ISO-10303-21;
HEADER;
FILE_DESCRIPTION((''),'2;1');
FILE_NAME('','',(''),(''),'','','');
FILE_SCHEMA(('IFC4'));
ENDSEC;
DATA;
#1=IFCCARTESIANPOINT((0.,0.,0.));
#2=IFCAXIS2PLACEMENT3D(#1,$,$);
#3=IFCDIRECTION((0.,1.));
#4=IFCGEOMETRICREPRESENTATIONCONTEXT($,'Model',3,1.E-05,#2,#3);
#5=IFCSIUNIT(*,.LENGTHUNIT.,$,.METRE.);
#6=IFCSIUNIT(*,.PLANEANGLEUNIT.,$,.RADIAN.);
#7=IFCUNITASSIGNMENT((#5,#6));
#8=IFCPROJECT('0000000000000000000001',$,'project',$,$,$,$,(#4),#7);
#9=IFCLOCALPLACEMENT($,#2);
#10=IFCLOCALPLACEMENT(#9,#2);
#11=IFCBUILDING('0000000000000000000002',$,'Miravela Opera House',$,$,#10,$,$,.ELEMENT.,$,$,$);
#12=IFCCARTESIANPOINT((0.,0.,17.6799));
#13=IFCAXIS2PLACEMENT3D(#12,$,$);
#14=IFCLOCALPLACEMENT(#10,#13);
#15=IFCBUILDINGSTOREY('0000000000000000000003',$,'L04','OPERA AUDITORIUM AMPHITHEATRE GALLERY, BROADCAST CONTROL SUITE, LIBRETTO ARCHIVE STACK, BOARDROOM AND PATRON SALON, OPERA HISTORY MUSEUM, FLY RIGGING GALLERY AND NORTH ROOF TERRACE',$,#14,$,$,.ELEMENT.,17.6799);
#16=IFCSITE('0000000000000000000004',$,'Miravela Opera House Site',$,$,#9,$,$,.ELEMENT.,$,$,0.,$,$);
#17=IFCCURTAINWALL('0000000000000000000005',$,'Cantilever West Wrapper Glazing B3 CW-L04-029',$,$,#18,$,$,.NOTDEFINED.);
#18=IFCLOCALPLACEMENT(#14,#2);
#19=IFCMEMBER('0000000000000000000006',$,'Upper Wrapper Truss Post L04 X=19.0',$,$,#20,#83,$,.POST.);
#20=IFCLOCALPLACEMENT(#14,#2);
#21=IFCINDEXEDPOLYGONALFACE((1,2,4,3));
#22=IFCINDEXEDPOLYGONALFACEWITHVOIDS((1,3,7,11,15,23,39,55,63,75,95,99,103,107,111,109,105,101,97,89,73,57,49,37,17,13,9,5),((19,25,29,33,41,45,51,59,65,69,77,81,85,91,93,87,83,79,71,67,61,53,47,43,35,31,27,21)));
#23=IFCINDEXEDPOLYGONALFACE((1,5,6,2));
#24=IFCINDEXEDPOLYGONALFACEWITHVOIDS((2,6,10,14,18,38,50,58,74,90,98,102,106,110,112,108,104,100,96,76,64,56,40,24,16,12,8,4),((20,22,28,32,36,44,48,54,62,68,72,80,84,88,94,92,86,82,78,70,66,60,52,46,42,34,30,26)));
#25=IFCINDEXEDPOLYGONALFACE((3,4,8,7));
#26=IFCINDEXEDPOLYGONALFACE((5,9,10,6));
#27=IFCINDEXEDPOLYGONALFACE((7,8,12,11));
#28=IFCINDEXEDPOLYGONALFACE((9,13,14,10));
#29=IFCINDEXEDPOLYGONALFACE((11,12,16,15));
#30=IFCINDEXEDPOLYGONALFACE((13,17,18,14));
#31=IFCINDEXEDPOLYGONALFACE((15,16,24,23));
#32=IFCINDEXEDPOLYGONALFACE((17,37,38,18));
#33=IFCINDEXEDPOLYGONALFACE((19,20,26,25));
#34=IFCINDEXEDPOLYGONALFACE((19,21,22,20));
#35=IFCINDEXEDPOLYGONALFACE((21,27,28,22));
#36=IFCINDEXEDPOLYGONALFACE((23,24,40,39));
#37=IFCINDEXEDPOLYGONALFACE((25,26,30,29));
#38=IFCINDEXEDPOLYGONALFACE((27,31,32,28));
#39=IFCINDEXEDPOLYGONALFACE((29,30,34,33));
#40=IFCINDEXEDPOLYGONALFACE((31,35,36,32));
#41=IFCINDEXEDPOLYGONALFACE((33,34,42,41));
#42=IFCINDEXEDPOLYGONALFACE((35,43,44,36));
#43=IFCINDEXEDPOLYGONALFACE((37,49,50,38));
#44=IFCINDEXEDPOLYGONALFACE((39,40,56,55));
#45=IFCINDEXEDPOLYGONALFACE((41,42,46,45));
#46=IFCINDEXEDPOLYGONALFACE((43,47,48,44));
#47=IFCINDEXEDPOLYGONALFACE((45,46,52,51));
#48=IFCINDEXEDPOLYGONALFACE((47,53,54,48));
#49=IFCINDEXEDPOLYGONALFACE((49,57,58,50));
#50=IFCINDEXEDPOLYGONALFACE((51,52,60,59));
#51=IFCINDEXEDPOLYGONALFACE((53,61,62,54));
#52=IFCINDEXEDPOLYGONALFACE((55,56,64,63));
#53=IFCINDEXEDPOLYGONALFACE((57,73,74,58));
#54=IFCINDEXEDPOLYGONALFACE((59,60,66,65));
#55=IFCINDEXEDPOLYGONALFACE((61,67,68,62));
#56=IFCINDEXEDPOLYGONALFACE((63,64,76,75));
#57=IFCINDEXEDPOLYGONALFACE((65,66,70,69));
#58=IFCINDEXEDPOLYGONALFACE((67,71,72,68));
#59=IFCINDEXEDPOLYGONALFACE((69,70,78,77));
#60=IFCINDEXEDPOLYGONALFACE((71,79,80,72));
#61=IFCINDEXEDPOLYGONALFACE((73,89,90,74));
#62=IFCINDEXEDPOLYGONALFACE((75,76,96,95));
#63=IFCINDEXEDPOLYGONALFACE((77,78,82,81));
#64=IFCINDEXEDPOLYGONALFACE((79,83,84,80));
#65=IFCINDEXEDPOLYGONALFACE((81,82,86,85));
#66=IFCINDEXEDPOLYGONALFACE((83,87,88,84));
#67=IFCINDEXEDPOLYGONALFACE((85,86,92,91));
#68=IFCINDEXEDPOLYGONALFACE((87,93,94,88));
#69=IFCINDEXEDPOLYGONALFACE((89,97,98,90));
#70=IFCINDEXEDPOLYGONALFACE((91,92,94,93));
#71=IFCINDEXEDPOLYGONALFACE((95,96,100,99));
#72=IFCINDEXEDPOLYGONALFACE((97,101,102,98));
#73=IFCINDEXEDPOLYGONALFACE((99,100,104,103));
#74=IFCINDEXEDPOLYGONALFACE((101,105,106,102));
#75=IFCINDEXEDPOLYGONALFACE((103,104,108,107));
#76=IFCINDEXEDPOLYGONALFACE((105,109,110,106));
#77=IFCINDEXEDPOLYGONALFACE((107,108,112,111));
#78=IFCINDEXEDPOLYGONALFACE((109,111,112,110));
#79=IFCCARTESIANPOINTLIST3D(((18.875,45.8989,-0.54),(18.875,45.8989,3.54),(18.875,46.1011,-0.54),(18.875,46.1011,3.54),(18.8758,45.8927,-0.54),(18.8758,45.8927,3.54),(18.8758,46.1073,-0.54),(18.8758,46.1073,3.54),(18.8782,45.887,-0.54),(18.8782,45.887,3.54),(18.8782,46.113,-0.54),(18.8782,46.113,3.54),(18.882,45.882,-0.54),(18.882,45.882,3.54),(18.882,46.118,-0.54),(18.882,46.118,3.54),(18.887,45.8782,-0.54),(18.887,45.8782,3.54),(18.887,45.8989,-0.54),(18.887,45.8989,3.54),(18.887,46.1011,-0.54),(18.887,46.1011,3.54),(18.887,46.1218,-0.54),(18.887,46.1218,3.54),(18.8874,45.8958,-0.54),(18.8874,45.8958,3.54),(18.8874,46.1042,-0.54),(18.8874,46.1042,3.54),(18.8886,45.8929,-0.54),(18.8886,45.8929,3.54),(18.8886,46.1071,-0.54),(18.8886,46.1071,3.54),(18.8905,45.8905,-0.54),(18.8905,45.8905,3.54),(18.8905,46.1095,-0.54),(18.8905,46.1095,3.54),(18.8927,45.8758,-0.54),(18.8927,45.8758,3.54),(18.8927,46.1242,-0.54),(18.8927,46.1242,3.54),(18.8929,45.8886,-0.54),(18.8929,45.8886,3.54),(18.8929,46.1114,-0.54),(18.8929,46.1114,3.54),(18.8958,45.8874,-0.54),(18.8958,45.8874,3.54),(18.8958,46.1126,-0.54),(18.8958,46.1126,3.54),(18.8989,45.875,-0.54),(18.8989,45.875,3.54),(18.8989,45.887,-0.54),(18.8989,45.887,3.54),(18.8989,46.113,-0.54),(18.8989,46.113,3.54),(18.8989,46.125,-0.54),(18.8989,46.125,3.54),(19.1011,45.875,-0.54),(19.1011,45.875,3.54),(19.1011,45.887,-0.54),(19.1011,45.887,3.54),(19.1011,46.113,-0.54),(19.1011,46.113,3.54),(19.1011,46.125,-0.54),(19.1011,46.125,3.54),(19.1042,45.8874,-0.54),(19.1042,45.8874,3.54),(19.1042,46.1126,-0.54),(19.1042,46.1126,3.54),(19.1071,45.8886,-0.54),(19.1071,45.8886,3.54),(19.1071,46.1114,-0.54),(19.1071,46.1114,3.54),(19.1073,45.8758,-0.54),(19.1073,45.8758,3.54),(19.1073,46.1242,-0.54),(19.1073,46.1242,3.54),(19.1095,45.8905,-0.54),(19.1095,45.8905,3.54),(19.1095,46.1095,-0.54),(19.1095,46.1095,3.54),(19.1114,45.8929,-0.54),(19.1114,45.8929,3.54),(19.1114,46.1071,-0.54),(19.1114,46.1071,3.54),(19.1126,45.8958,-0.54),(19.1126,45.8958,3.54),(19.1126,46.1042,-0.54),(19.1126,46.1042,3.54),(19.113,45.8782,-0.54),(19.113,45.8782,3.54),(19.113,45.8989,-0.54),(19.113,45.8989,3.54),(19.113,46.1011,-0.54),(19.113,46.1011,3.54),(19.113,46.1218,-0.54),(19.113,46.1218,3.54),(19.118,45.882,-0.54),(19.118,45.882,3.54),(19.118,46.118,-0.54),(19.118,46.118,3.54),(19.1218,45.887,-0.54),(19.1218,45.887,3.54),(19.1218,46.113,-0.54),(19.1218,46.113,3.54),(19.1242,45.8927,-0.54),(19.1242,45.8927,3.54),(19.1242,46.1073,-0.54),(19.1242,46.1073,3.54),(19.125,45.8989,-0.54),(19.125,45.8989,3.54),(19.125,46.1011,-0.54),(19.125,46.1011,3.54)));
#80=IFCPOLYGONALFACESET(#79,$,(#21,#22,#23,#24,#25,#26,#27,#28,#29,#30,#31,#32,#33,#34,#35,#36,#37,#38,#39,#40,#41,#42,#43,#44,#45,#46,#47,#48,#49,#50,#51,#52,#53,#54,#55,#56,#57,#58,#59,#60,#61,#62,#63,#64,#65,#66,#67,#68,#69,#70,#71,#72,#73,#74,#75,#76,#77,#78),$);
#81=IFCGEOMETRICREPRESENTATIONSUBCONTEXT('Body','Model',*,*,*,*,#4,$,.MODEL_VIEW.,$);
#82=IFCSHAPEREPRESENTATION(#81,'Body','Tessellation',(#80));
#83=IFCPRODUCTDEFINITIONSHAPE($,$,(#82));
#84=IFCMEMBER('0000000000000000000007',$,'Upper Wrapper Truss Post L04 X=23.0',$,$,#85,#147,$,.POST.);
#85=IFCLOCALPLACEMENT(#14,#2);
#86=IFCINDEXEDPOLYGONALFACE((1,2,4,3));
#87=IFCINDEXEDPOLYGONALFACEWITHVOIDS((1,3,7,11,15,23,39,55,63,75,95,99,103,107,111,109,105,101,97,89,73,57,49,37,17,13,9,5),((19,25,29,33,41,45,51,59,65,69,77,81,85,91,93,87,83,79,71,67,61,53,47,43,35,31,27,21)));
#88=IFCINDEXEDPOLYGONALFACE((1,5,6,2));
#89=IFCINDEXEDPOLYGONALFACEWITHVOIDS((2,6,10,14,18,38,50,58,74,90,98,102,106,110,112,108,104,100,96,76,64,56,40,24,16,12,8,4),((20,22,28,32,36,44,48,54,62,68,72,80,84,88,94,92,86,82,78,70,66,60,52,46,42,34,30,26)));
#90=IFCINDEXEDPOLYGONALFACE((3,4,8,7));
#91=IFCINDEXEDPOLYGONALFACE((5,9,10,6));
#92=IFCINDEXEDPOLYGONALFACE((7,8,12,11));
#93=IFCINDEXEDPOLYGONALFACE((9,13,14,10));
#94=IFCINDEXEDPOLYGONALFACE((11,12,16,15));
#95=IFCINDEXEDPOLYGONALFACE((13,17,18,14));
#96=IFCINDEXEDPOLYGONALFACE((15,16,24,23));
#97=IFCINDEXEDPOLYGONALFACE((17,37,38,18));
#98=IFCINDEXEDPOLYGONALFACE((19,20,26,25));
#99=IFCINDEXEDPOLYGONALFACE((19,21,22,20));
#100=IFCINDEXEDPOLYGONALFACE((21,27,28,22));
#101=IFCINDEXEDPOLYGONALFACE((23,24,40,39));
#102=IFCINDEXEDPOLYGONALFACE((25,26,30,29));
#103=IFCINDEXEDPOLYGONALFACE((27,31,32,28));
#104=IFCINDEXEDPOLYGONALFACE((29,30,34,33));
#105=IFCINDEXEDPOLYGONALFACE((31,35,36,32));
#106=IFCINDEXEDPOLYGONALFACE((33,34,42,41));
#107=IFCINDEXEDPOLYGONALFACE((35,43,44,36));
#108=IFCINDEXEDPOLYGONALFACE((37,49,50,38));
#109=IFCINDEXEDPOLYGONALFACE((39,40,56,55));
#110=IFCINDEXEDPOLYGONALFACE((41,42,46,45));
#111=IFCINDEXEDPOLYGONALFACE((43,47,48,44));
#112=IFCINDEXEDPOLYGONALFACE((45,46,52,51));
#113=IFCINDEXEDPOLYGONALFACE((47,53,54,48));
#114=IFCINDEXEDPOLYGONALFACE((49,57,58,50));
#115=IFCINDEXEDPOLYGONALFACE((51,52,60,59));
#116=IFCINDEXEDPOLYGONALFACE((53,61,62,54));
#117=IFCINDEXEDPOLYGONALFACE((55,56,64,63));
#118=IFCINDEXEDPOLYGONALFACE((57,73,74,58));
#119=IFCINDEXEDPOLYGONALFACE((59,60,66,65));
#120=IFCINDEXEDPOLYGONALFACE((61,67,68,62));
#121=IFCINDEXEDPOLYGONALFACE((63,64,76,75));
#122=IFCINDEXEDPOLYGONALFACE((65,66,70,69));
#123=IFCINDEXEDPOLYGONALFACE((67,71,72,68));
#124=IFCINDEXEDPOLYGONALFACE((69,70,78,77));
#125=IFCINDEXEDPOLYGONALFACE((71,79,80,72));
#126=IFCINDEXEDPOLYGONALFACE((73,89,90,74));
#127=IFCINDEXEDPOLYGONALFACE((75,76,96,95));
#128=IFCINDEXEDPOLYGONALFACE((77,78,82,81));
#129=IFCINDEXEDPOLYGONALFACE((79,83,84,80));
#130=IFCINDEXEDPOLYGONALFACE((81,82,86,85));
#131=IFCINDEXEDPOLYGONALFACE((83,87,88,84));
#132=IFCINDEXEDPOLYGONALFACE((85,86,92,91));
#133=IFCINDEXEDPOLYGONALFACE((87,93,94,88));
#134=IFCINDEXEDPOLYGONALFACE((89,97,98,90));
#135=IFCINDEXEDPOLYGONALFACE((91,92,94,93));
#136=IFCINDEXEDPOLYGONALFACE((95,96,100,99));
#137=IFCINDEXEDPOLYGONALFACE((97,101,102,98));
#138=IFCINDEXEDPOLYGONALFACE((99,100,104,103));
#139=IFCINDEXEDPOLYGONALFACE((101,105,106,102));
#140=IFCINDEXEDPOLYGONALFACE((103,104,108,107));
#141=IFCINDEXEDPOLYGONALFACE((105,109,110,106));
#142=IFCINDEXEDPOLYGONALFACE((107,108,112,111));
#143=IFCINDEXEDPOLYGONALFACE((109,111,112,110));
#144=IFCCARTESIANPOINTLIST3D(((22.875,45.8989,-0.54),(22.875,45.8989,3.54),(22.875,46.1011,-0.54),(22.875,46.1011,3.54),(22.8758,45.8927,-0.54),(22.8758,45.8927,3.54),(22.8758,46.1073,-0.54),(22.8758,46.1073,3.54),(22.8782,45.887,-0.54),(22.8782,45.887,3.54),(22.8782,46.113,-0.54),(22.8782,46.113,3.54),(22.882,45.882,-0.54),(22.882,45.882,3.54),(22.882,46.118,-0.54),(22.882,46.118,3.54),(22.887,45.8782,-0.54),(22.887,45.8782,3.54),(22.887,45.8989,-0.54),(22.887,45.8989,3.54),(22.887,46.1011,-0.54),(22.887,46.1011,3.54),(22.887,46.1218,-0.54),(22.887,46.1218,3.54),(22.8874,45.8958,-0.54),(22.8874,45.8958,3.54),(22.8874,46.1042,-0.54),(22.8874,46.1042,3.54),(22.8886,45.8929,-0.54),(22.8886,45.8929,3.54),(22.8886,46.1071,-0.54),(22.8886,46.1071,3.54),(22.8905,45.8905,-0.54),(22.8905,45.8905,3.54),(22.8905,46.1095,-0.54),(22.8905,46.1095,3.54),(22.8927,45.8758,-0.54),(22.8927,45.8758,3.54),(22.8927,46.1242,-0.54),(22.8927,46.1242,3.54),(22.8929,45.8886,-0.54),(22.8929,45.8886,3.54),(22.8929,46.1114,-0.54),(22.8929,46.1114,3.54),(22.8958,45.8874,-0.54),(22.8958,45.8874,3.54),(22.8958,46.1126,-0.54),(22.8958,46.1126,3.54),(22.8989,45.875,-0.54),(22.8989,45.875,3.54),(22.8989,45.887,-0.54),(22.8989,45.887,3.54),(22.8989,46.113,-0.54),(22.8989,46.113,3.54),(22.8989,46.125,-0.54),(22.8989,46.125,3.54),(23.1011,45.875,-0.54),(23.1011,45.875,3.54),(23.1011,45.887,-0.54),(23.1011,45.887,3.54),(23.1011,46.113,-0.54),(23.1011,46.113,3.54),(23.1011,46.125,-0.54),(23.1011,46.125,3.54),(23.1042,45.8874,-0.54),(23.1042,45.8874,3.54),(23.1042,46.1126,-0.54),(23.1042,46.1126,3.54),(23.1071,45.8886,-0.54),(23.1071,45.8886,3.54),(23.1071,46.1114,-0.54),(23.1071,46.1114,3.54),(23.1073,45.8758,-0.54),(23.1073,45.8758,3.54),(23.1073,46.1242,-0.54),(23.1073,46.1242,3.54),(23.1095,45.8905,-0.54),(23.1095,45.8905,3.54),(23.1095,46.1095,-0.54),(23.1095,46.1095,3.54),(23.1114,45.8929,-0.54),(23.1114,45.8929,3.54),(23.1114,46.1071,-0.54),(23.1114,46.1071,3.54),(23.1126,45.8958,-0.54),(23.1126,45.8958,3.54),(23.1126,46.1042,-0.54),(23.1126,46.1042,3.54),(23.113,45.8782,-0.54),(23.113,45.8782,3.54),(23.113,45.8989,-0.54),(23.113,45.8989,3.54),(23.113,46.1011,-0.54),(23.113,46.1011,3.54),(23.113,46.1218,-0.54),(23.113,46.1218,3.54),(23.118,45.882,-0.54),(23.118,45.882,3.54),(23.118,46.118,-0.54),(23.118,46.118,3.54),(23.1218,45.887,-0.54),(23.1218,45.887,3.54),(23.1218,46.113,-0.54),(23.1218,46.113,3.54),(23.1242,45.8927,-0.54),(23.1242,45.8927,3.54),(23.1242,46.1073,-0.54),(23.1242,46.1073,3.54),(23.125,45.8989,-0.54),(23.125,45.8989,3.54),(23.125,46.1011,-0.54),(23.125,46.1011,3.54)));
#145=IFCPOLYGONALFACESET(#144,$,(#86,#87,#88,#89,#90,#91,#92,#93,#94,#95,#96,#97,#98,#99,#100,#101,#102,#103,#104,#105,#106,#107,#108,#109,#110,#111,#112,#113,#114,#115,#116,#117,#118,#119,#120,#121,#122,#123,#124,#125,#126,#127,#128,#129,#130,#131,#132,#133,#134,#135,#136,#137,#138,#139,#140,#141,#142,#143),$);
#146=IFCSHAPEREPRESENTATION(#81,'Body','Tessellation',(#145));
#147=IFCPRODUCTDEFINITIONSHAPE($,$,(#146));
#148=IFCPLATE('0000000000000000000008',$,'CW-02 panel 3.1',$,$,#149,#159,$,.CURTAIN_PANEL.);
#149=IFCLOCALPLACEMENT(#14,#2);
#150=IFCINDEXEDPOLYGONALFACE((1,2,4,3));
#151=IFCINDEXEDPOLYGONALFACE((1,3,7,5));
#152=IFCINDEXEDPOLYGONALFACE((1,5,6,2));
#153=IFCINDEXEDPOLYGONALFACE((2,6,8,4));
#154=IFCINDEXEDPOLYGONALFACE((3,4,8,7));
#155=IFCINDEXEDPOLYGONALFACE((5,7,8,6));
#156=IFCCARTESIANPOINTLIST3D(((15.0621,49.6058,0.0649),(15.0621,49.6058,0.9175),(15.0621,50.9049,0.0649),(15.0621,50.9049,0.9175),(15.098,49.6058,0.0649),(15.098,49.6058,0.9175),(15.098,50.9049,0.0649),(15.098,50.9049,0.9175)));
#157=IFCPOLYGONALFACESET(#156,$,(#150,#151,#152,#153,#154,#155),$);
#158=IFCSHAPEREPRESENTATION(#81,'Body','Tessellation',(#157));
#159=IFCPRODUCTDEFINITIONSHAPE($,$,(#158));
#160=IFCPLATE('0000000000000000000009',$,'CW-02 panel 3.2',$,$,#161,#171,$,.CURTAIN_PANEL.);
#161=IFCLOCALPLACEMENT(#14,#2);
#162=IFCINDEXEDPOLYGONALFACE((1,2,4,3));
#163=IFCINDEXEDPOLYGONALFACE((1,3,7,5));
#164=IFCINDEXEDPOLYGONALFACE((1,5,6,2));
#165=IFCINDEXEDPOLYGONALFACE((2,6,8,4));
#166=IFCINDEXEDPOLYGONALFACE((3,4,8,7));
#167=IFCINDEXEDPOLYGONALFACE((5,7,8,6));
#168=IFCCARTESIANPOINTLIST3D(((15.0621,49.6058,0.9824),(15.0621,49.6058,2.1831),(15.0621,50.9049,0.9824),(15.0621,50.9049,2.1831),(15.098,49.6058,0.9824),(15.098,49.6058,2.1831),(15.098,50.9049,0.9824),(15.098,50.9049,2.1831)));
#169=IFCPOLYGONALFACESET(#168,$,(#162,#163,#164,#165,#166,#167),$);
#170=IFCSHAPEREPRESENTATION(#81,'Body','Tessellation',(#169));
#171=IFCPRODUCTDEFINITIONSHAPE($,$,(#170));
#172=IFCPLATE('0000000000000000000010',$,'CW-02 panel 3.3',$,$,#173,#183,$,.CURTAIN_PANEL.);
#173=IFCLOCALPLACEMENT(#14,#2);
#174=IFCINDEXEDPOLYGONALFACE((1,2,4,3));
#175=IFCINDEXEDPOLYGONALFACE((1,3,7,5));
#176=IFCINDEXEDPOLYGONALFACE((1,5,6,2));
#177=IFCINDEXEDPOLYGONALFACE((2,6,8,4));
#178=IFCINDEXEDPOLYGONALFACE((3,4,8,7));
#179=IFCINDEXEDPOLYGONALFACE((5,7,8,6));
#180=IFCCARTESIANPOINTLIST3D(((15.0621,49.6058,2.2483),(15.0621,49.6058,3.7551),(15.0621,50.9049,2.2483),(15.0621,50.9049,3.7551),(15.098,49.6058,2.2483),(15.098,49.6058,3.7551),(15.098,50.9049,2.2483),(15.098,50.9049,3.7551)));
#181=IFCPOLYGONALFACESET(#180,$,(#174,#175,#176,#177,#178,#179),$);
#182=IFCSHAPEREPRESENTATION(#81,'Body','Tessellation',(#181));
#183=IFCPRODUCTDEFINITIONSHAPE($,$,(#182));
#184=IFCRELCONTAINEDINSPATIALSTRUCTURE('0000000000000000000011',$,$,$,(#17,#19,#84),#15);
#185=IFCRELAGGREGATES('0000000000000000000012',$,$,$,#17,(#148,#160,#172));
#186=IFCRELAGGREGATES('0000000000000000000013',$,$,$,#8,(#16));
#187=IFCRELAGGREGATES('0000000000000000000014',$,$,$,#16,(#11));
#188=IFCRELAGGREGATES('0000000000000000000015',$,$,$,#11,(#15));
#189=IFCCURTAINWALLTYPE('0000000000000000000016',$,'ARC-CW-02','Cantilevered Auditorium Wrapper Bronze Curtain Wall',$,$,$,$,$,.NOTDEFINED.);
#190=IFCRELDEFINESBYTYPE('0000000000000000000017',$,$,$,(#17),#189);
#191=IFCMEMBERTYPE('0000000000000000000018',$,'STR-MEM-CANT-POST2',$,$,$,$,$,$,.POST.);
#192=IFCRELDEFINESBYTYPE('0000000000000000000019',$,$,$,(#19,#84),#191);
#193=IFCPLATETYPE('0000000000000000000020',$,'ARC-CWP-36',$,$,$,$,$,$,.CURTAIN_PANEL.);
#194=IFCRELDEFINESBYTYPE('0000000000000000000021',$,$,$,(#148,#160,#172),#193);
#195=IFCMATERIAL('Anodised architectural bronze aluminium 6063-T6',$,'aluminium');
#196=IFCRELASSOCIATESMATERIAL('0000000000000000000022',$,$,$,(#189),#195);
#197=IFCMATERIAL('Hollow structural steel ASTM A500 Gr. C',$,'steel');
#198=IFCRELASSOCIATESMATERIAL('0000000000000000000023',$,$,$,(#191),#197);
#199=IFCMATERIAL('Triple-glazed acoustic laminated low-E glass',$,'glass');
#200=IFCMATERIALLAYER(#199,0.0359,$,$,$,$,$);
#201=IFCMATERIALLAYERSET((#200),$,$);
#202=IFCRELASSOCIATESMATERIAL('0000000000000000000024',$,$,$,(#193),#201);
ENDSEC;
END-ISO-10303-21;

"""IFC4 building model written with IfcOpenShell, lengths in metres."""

from ifc_helpers import new_model, si_unit, direction, frame, origin, origin_2d, place, context, subcontext, project, spatial, rectangle, hollow_rectangle, extrude, material, layer, layer_set, material_profile, profile_set, type_object, element, aggregate, save


model = new_model("IFC4")

# Units and contexts
model_context = context("Model", 3, precision=1e-05, world=origin(), true_north=direction((0.0, 1.0)))
body_context = subcontext(model_context, "Body", "Model", "MODEL_VIEW")
ifc_project = project(units=[si_unit("LENGTHUNIT", "METRE"), si_unit("PLANEANGLEUNIT", "RADIAN")], contexts=[model_context])

# Site, building, storey
site_placement = place(None, origin())
site = spatial("IfcSite", under=ifc_project, at=site_placement, Name="Miravela Opera House Site", CompositionType="ELEMENT", RefElevation=0.0)
building_placement = place(site_placement, origin())
building = spatial("IfcBuilding", under=site, at=building_placement, Name="Miravela Opera House", CompositionType="ELEMENT")
storey_placement = place(building_placement, frame((0.0, 0.0, 17.6799)))
storey = spatial("IfcBuildingStorey", under=building, at=storey_placement, Name="L04", Description="OPERA AUDITORIUM AMPHITHEATRE GALLERY, BROADCAST CONTROL SUITE, LIBRETTO ARCHIVE STACK, BOARDROOM AND PATRON SALON, OPERA HISTORY MUSEUM, FLY RIGGING GALLERY AND NORTH ROOF TERRACE", CompositionType="ELEMENT", Elevation=17.6799)

# Curtain wall
ifc_material_1 = material(Name="Anodised architectural bronze aluminium 6063-T6", Category="aluminium")
curtain_wall_type = type_object("IfcCurtainWallType", Name="ARC-CW-02", Description="Cantilevered Auditorium Wrapper Bronze Curtain Wall", PredefinedType="NOTDEFINED", material=ifc_material_1)
curtain_wall_1_placement = place(storey_placement, origin())
curtain_wall_1 = element("IfcCurtainWall", 1, at=curtain_wall_1_placement, inside=storey, type_object=curtain_wall_type, Name="Cantilever West Wrapper Glazing B3 CW-L04-029", PredefinedType="NOTDEFINED")

# Members
ifc_material_2 = material(Name="Hollow structural steel ASTM A500 Gr. C", Category="steel")
ifc_material_profile_1 = material_profile(ifc_material_2, hollow_rectangle(XDim=0.25, YDim=0.25, WallThickness=0.012, InnerFilletRadius=0.012, OuterFilletRadius=0.0239, at=origin_2d()), Name="HSS250X250X12")
ifc_profile_set_1 = profile_set([ifc_material_profile_1])
member_type_1 = type_object("IfcMemberType", Name="STR-MEM-CANT-POST2", PredefinedType="POST", material=ifc_profile_set_1)
for number, where, z_axis, x_axis, name in (
    (2, (19.0, 46.0, -0.54), (0.0, 0.0, 1.0), (1.0, 0.0, 0.0), "Upper Wrapper Truss Post L04 X=19.0"),
    (3, (23.0, 46.0, -0.54), (0.0, 0.0, 1.0), (1.0, 0.0, 0.0), "Upper Wrapper Truss Post L04 X=23.0"),
):
    element("IfcMember", number, at=place(storey_placement, frame(where, z_axis=z_axis, x_axis=x_axis)), inside=storey, type_object=member_type_1, Name=name, PredefinedType="POST", context=body_context, shape_type="SweptSolid", body=[
        extrude(hollow_rectangle(XDim=0.25, YDim=0.25, WallThickness=0.012, InnerFilletRadius=0.012, OuterFilletRadius=0.0239, at=origin_2d()), origin(), (0.0, 0.0, 1.0), 4.0801),
    ])

# Plates
ifc_material_3 = material(Name="Triple-glazed acoustic laminated low-E glass", Category="glass")
ifc_layer_1 = layer(ifc_material_3, 0.0359)
ifc_layer_set_1 = layer_set([ifc_layer_1])
plate_type = type_object("IfcPlateType", Name="ARC-CWP-36", PredefinedType="CURTAIN_PANEL", material=ifc_layer_set_1)
plate_1_placement = place(storey_placement, frame((15.0801, 50.2554, 0.0649), z_axis=(0.0, 0.0, 1.0), x_axis=(0.0, 1.0, 0.0)))
plate_1 = element("IfcPlate", 4, at=plate_1_placement, type_object=plate_type, Name="CW-02 panel 3.1", PredefinedType="CURTAIN_PANEL", context=body_context, shape_type="SweptSolid", body=[
    extrude(rectangle(XDim=1.2991, YDim=0.0359, at=origin_2d()), origin(), (0.0, 0.0, 1.0), 0.8525),
])
plate_2_placement = place(storey_placement, frame((15.0801, 50.2554, 0.9824), z_axis=(0.0, 0.0, 1.0), x_axis=(0.0, 1.0, 0.0)))
plate_2 = element("IfcPlate", 5, at=plate_2_placement, type_object=plate_type, Name="CW-02 panel 3.2", PredefinedType="CURTAIN_PANEL", context=body_context, shape_type="SweptSolid", body=[
    extrude(rectangle(XDim=1.2991, YDim=0.0359, at=origin_2d()), origin(), (0.0, 0.0, 1.0), 1.2007),
])
plate_3_placement = place(storey_placement, frame((15.0801, 50.2554, 2.2483), z_axis=(0.0, 0.0, 1.0), x_axis=(0.0, 1.0, 0.0)))
plate_3 = element("IfcPlate", 6, at=plate_3_placement, type_object=plate_type, Name="CW-02 panel 3.3", PredefinedType="CURTAIN_PANEL", context=body_context, shape_type="SweptSolid", body=[
    extrude(rectangle(XDim=1.2991, YDim=0.0359, at=origin_2d()), origin(), (0.0, 0.0, 1.0), 1.5068),
])
aggregate(curtain_wall_1, [plate_1, plate_2, plate_3])

save(model, "model.ifc")
